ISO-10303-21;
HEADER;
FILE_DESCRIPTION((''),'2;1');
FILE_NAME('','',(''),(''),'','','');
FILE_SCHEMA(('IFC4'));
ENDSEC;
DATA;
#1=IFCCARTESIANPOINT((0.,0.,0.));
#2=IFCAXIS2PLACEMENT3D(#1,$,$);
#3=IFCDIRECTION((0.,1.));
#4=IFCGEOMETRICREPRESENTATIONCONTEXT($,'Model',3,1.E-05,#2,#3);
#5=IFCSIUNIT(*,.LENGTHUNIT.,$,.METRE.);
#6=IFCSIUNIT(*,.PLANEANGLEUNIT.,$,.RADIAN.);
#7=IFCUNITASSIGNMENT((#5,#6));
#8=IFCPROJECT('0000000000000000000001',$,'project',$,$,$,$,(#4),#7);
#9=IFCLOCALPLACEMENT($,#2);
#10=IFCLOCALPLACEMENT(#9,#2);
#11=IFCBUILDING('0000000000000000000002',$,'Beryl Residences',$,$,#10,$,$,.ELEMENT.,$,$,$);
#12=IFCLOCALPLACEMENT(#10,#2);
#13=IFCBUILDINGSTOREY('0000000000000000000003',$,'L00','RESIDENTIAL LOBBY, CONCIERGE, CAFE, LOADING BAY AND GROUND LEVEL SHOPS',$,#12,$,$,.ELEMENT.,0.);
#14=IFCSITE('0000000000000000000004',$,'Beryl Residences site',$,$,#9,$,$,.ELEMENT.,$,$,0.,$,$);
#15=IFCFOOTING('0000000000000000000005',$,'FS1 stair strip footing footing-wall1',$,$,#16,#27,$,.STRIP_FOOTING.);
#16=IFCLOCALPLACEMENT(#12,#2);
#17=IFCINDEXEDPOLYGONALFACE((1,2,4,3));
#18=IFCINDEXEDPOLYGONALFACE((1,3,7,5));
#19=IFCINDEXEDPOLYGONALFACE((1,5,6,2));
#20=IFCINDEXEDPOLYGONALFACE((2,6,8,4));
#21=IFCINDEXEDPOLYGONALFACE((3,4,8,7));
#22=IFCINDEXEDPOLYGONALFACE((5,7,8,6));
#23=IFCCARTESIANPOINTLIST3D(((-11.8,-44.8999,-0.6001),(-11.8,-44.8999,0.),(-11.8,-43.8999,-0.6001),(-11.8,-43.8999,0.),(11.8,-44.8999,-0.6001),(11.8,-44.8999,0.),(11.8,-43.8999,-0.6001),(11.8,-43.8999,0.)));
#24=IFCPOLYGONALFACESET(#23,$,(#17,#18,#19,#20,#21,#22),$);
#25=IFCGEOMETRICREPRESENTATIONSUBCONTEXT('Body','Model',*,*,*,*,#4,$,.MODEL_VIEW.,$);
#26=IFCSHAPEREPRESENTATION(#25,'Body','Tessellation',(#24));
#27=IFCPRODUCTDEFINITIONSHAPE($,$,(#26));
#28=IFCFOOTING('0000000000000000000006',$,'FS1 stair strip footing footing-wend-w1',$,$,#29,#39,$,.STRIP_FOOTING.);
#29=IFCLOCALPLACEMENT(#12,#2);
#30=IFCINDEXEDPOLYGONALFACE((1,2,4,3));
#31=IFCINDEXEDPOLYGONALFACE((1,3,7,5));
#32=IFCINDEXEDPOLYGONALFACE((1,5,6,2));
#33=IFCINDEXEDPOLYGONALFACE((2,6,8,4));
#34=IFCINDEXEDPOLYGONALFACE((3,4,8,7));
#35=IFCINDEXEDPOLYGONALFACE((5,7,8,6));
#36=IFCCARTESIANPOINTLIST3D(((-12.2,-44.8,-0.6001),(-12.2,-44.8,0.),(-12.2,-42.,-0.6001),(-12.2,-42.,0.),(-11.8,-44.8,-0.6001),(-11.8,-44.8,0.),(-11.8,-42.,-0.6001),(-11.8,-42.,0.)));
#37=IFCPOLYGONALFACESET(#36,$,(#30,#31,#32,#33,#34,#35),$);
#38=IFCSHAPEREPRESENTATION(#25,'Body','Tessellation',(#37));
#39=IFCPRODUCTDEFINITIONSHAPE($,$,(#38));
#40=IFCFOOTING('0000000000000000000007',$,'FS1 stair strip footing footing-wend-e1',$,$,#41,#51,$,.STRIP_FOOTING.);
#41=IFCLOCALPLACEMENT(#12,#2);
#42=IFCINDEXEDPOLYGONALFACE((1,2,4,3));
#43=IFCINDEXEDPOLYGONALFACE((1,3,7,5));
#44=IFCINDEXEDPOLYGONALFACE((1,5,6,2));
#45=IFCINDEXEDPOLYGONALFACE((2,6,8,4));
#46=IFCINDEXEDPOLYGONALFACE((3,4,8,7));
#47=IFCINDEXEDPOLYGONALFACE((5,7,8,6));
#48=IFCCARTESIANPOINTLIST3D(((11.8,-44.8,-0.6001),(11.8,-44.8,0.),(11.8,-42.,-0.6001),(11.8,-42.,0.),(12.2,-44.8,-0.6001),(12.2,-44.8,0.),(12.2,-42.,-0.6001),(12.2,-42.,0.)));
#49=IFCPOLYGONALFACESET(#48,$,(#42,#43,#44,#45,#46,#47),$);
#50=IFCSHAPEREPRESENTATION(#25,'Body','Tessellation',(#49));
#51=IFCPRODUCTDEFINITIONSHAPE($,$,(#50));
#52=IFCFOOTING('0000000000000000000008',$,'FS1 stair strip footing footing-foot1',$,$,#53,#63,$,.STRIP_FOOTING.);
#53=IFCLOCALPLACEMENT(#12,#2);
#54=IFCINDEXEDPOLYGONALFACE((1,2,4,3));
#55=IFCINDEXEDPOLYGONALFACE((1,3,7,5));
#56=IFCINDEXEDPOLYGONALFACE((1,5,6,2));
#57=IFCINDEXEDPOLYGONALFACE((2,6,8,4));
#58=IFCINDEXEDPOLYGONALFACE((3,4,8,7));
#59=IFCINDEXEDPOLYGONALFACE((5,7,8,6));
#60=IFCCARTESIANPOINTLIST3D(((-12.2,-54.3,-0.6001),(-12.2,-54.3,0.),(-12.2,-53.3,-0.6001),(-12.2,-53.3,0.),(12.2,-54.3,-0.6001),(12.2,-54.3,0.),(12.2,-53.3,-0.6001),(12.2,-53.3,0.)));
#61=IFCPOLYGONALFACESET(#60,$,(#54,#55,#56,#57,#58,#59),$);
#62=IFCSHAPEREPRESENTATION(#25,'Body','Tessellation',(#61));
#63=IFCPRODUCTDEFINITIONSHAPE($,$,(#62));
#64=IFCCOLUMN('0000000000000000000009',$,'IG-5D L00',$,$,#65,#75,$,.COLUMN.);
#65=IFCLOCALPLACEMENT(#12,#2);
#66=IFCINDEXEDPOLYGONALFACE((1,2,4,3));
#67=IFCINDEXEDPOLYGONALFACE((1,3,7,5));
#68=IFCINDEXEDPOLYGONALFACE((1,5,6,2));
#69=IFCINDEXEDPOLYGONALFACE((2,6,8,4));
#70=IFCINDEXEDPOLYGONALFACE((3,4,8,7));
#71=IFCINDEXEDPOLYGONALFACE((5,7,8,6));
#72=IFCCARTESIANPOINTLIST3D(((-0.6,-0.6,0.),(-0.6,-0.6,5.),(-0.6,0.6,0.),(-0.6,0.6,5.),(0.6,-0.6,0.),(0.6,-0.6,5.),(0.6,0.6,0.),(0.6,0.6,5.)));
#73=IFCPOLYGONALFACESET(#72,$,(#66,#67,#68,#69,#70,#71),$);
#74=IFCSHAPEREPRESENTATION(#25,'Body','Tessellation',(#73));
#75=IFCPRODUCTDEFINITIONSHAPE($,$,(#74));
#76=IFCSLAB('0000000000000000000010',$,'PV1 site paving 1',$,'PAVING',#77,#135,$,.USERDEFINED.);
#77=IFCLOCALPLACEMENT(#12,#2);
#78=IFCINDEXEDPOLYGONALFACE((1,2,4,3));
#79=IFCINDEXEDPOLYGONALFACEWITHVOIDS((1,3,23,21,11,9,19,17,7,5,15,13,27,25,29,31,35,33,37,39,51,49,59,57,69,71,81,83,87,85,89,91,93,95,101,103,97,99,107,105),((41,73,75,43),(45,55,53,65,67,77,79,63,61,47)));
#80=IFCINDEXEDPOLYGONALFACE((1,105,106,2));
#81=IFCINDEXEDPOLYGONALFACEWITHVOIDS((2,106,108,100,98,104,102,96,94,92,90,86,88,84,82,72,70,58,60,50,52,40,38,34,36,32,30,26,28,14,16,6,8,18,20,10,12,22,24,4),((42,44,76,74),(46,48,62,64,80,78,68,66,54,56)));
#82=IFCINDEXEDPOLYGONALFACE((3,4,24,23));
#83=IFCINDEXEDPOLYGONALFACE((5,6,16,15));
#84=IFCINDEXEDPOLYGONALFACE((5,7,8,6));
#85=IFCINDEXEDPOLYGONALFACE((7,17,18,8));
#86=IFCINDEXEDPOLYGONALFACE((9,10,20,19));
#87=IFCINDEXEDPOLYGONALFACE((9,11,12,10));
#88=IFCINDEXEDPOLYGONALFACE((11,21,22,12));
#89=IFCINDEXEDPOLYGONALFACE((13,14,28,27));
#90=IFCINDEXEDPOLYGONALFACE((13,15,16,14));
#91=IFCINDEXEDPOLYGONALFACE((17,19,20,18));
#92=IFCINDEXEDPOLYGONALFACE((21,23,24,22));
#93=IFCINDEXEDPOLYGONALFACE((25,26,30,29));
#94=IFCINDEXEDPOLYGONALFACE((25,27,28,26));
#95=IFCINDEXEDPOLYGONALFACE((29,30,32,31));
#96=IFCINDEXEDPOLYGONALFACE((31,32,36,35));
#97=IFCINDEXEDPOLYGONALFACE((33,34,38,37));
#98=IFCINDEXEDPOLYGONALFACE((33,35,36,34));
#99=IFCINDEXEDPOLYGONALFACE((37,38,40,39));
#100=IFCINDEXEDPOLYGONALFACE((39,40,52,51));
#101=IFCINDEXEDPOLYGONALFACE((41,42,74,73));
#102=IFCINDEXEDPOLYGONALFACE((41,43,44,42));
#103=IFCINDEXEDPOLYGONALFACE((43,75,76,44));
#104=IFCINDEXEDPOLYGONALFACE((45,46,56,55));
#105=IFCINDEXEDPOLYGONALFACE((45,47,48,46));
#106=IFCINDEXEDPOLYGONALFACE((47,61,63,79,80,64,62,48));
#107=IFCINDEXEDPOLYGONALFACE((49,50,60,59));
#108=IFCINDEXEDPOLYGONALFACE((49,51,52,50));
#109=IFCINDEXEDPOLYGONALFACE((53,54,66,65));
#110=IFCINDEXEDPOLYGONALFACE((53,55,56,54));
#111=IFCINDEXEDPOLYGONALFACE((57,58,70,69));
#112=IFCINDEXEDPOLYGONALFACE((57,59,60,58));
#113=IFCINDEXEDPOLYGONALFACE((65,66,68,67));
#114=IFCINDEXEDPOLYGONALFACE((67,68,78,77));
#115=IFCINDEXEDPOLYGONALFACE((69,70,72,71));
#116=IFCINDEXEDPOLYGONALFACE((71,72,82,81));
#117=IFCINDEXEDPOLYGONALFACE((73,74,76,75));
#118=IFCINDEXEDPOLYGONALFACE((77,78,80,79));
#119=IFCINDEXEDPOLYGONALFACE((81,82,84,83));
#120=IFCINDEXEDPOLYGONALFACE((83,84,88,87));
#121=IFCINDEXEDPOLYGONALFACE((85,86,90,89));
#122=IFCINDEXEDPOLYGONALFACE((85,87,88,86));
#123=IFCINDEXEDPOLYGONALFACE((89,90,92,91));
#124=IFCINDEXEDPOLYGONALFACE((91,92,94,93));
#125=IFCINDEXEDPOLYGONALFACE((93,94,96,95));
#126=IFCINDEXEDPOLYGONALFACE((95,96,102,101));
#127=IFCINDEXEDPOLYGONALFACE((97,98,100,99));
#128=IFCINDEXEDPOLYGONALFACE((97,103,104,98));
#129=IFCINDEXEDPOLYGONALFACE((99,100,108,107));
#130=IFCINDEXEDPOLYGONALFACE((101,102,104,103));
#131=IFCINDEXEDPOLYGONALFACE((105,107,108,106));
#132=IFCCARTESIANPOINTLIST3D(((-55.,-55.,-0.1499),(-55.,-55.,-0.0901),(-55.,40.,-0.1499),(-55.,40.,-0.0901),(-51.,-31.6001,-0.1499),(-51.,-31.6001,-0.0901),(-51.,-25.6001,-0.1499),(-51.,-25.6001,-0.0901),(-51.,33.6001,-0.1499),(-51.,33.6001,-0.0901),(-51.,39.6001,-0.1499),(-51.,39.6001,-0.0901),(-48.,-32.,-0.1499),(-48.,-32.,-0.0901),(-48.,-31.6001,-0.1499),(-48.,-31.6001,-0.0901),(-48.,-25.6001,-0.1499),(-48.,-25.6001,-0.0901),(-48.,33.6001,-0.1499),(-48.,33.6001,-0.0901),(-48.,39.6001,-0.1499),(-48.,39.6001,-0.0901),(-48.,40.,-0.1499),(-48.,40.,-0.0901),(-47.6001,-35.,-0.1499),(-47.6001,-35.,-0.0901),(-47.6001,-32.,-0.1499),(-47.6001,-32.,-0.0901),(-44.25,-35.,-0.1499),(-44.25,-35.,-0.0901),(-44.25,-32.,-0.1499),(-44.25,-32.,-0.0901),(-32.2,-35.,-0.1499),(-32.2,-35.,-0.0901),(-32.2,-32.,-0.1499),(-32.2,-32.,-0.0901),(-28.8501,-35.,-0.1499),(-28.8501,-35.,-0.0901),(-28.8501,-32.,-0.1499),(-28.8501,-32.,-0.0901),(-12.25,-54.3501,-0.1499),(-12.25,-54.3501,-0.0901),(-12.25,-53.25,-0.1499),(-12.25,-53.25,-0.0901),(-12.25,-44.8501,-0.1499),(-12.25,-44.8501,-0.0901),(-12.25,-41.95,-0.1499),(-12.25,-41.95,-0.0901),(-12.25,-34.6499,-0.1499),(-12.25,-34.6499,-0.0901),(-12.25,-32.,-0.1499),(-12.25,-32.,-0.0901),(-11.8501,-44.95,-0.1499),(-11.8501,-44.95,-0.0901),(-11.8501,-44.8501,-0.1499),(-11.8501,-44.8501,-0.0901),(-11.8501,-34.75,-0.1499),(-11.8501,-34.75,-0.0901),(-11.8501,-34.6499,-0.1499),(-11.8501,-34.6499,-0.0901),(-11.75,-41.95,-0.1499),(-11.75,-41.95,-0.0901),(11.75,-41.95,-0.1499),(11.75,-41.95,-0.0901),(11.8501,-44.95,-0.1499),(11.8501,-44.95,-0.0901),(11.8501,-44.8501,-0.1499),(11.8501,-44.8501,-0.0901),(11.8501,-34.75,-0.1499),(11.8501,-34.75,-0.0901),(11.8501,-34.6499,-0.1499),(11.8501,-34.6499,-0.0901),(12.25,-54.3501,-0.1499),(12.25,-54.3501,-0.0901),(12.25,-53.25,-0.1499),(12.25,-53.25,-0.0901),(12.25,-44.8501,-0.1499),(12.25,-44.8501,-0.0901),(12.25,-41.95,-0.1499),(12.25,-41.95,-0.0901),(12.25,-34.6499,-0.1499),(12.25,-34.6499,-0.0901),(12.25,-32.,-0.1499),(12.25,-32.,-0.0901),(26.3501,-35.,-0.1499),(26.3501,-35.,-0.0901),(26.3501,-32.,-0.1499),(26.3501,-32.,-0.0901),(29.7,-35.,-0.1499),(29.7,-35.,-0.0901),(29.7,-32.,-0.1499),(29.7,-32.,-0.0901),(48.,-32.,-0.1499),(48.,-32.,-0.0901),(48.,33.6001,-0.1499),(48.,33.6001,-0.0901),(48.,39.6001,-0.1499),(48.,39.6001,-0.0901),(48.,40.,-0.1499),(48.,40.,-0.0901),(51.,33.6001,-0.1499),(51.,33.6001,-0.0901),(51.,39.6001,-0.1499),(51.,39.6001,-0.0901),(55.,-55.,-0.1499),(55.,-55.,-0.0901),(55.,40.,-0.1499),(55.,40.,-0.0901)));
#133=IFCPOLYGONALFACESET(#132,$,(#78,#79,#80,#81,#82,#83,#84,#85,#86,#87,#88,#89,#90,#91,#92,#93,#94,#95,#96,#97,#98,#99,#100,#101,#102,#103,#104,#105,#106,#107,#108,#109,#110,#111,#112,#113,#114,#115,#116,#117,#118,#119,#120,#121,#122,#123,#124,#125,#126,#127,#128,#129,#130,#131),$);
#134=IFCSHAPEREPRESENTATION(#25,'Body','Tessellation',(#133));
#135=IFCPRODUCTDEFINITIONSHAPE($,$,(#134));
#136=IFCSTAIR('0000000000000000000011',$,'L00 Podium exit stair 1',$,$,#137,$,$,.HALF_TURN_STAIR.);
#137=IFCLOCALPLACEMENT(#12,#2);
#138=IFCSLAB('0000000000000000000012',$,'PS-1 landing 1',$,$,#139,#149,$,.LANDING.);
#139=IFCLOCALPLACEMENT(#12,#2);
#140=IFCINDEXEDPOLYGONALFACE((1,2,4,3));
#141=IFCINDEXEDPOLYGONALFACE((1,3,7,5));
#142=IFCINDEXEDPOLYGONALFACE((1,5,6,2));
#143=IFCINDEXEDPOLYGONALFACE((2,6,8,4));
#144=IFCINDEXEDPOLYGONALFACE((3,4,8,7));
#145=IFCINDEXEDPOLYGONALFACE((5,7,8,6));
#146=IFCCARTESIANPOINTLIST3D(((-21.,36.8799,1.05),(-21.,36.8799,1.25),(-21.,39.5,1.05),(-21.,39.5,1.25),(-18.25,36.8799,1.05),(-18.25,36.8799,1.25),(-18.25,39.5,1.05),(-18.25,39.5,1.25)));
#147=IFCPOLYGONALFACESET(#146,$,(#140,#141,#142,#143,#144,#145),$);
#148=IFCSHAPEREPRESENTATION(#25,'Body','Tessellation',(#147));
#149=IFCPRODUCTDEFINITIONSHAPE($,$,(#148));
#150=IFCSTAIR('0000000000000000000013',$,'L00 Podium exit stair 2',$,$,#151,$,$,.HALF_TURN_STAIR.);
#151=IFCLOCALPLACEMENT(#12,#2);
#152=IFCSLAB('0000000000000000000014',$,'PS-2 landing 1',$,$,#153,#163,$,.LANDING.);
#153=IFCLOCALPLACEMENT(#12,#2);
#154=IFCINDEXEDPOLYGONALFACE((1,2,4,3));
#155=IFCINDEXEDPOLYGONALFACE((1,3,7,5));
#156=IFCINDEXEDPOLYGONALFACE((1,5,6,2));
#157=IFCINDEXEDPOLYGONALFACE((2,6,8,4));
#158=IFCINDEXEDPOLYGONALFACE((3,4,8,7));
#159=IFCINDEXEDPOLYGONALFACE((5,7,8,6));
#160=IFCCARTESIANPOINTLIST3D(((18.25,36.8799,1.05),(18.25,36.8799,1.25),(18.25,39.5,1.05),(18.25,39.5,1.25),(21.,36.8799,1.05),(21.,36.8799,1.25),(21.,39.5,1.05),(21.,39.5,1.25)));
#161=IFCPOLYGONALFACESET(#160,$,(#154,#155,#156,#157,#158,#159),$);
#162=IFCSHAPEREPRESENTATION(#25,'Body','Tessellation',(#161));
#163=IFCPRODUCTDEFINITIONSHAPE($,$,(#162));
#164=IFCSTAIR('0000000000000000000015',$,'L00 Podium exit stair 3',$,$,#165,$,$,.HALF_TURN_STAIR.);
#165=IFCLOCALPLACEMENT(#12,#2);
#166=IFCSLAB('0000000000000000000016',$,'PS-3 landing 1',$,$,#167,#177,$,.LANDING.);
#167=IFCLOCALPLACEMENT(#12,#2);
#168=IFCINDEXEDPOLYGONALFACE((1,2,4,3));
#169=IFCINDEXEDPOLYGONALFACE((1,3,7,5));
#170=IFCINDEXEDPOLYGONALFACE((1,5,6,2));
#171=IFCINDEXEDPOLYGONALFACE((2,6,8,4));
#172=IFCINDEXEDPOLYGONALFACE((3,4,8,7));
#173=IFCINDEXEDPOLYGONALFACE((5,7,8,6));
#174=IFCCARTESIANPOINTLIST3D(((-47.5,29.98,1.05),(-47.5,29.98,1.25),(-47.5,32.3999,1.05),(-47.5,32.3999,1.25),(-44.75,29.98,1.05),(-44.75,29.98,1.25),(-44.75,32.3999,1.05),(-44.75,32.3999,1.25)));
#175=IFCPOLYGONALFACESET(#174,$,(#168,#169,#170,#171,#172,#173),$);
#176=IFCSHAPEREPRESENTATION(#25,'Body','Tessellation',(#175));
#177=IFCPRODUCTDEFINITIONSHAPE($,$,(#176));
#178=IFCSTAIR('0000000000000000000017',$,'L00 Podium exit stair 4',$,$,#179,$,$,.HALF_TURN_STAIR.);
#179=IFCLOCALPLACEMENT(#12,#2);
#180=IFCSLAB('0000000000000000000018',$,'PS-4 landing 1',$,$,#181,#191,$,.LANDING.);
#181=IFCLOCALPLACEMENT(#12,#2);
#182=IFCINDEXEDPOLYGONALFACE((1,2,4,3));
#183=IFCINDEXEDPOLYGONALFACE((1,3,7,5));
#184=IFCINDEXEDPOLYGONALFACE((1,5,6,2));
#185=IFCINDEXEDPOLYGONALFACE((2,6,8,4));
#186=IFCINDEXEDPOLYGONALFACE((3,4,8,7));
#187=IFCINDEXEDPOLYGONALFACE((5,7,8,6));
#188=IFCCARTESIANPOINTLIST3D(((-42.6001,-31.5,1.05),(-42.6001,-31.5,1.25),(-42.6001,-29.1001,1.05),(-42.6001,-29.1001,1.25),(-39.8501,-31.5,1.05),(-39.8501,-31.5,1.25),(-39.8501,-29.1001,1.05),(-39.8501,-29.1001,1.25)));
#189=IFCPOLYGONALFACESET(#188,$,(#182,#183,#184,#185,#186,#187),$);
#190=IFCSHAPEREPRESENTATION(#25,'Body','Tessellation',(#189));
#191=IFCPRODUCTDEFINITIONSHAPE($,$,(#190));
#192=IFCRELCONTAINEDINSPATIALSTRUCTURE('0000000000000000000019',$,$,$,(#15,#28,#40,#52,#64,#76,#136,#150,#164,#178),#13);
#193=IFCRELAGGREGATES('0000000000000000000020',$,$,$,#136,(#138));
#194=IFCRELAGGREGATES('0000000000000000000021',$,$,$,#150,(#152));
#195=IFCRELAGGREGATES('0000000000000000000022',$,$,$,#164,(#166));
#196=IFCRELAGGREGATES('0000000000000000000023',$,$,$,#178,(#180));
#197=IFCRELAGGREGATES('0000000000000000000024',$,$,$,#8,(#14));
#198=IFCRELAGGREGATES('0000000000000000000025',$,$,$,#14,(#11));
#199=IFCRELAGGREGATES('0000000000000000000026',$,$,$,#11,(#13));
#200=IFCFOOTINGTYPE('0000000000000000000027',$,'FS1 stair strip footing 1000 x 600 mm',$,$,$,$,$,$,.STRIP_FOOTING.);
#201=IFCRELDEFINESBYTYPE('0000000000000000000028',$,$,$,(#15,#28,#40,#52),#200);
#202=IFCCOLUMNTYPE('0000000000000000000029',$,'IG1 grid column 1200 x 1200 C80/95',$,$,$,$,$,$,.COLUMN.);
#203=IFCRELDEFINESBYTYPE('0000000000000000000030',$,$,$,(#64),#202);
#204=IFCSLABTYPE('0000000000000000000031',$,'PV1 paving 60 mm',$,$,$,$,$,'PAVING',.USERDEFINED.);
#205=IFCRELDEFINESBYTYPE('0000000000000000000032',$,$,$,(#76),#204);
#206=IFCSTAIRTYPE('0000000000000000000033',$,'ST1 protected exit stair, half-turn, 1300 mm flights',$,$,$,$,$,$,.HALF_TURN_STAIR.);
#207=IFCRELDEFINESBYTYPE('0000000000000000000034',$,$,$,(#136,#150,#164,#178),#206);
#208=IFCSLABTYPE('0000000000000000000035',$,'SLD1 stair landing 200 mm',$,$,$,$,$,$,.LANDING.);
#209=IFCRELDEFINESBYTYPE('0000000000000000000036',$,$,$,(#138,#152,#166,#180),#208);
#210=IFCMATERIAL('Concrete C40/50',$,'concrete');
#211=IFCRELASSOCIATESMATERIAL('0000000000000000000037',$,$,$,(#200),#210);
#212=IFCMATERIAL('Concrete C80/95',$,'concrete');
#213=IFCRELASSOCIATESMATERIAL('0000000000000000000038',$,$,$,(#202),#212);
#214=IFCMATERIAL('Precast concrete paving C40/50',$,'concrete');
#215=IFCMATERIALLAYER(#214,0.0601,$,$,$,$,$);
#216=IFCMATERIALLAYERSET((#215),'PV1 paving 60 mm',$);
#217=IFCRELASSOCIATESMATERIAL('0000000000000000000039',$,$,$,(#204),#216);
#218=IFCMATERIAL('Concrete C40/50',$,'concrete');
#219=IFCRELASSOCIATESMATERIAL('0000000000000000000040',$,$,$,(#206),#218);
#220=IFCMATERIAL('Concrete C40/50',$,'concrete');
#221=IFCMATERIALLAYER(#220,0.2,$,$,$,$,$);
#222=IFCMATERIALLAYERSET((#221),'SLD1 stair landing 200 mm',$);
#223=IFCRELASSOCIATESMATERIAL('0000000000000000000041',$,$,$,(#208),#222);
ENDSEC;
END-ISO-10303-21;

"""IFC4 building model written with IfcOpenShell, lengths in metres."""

from ifc_helpers import new_model, si_unit, direction, frame, origin, origin_with_axes, origin_2d, place, context, subcontext, project, spatial, polyline, rectangle, outline, extrude, material, layer, layer_set, material_profile, profile_set, type_object, element, aggregate, save


model = new_model("IFC4")

# Units and contexts
model_context = context("Model", 3, precision=1e-05, world=origin(), true_north=direction((0.0, 1.0)))
body_context = subcontext(model_context, "Body", "Model", "MODEL_VIEW")
ifc_project = project(units=[si_unit("LENGTHUNIT", "METRE"), si_unit("PLANEANGLEUNIT", "RADIAN")], contexts=[model_context])

# Site, building, storey
site_placement = place(None, origin())
site = spatial("IfcSite", under=ifc_project, at=site_placement, Name="Beryl Residences site", CompositionType="ELEMENT", RefElevation=0.0)
building_placement = place(site_placement, origin())
building = spatial("IfcBuilding", under=site, at=building_placement, Name="Beryl Residences", CompositionType="ELEMENT")
storey_placement = place(building_placement, origin())
storey = spatial("IfcBuildingStorey", under=building, at=storey_placement, Name="L00", Description="RESIDENTIAL LOBBY, CONCIERGE, CAFE, LOADING BAY AND GROUND LEVEL SHOPS", CompositionType="ELEMENT", Elevation=0.0)

# Footings
ifc_material_1 = material(Name="Concrete C40/50", Category="concrete")
footing_type = type_object("IfcFootingType", Name="FS1 stair strip footing 1000 x 600 mm", PredefinedType="STRIP_FOOTING", material=ifc_material_1)
footing_1_placement = place(storey_placement, frame((0.0, 0.0, -0.6001)))
element("IfcFooting", 1, at=footing_1_placement, inside=storey, type_object=footing_type, Name="FS1 stair strip footing footing-wall1", PredefinedType="STRIP_FOOTING", context=body_context, shape_type="SweptSolid", body=[
    extrude(outline(polyline([(-11.8, -44.8999), (11.8, -44.8999), (11.8, -43.8999), (-11.8, -43.8999), (-11.8, -44.8999)])), origin(), (0.0, 0.0, 1.0), 0.6001),
])
footing_2_placement = place(storey_placement, frame((0.0, 0.0, -0.6001)))
element("IfcFooting", 2, at=footing_2_placement, inside=storey, type_object=footing_type, Name="FS1 stair strip footing footing-wend-w1", PredefinedType="STRIP_FOOTING", context=body_context, shape_type="SweptSolid", body=[
    extrude(outline(polyline([(-12.2, -44.8), (-11.8, -44.8), (-11.8, -42.0), (-12.2, -42.0), (-12.2, -44.8)])), origin(), (0.0, 0.0, 1.0), 0.6001),
])
footing_3_placement = place(storey_placement, frame((0.0, 0.0, -0.6001)))
element("IfcFooting", 3, at=footing_3_placement, inside=storey, type_object=footing_type, Name="FS1 stair strip footing footing-wend-e1", PredefinedType="STRIP_FOOTING", context=body_context, shape_type="SweptSolid", body=[
    extrude(outline(polyline([(11.8, -44.8), (12.2, -44.8), (12.2, -42.0), (11.8, -42.0), (11.8, -44.8)])), origin(), (0.0, 0.0, 1.0), 0.6001),
])
footing_4_placement = place(storey_placement, frame((0.0, 0.0, -0.6001)))
element("IfcFooting", 4, at=footing_4_placement, inside=storey, type_object=footing_type, Name="FS1 stair strip footing footing-foot1", PredefinedType="STRIP_FOOTING", context=body_context, shape_type="SweptSolid", body=[
    extrude(outline(polyline([(-12.2, -54.3), (12.2, -54.3), (12.2, -53.3), (-12.2, -53.3), (-12.2, -54.3)])), origin(), (0.0, 0.0, 1.0), 0.6001),
])

# Column
ifc_material_2 = material(Name="Concrete C80/95", Category="concrete")
ifc_material_profile = material_profile(ifc_material_2, rectangle(XDim=1.2, YDim=1.2, at=origin_2d()))
ifc_profile_set = profile_set([ifc_material_profile], Name="Concrete C80/95")
column_type = type_object("IfcColumnType", Name="IG1 grid column 1200 x 1200 C80/95", PredefinedType="COLUMN", material=ifc_profile_set)
column_placement = place(storey_placement, origin_with_axes())
element("IfcColumn", 5, at=column_placement, inside=storey, type_object=column_type, Name="IG-5D L00", PredefinedType="COLUMN", context=body_context, shape_type="SweptSolid", body=[
    extrude(rectangle(XDim=1.2, YDim=1.2, at=origin_2d()), origin(), (0.0, 0.0, 1.0), 5.0),
])

# Slab
ifc_material_3 = material(Name="Precast concrete paving C40/50", Category="concrete")
ifc_layer_1 = layer(ifc_material_3, 0.0601)
ifc_layer_set_1 = layer_set([ifc_layer_1], Name="PV1 paving 60 mm")
slab_type_1 = type_object("IfcSlabType", Name="PV1 paving 60 mm", ElementType="PAVING", PredefinedType="USERDEFINED", material=ifc_layer_set_1)
slab_1_placement = place(storey_placement, frame((0.0, 0.0, -0.1499)))
element("IfcSlab", 6, at=slab_1_placement, inside=storey, type_object=slab_type_1, Name="PV1 site paving 1", ObjectType="PAVING", PredefinedType="USERDEFINED", context=body_context, shape_type="SweptSolid", body=[
    extrude(outline(polyline([(55.0, 40.0), (55.0, -55.0), (-55.0, -55.0), (-55.0, 40.0), (-48.0, 40.0), (-48.0, 39.6001), (-51.0, 39.6001), (-51.0, 33.6001), (-48.0, 33.6001), (-48.0, -25.6001), (-51.0, -25.6001), (-51.0, -31.6001), (-48.0, -31.6001), (-48.0, -32.0), (-47.6001, -32.0), (-47.6001, -35.0), (-44.25, -35.0), (-44.25, -32.0), (-32.2, -32.0), (-32.2, -35.0), (-28.8501, -35.0), (-28.8501, -32.0), (-12.25, -32.0), (-12.25, -34.6499), (-11.8501, -34.6499), (-11.8501, -34.75), (11.8501, -34.75), (11.8501, -34.6499), (12.25, -34.6499), (12.25, -32.0), (26.3501, -32.0), (26.3501, -35.0), (29.7, -35.0), (29.7, -32.0), (48.0, -32.0), (48.0, 33.6001), (51.0, 33.6001), (51.0, 39.6001), (48.0, 39.6001), (48.0, 40.0), (55.0, 40.0)]), holes=[polyline([(12.25, -53.25), (-12.25, -53.25), (-12.25, -54.3501), (12.25, -54.3501), (12.25, -53.25)]), polyline([(12.25, -44.8501), (12.25, -41.95), (11.75, -41.95), (-11.75, -41.95), (-12.25, -41.95), (-12.25, -44.8501), (-11.8501, -44.8501), (-11.8501, -44.95), (11.8501, -44.95), (11.8501, -44.8501), (12.25, -44.8501)])]), origin(), (0.0, 0.0, 1.0), 0.0598),
])

# Stairs, slabs
ifc_material_4 = material(Name="Concrete C40/50", Category="concrete")
stair_type = type_object("IfcStairType", Name="ST1 protected exit stair, half-turn, 1300 mm flights", PredefinedType="HALF_TURN_STAIR", material=ifc_material_4)
stair_1_placement = place(storey_placement, origin())
stair_1 = element("IfcStair", 7, at=stair_1_placement, inside=storey, type_object=stair_type, Name="L00 Podium exit stair 1", PredefinedType="HALF_TURN_STAIR")
ifc_material_5 = material(Name="Concrete C40/50", Category="concrete")
ifc_layer_2 = layer(ifc_material_5, 0.2)
ifc_layer_set_2 = layer_set([ifc_layer_2], Name="SLD1 stair landing 200 mm")
slab_type_2 = type_object("IfcSlabType", Name="SLD1 stair landing 200 mm", PredefinedType="LANDING", material=ifc_layer_set_2)
slab_2_placement = place(storey_placement, frame((0.0, 0.0, 1.05)))
slab_2 = element("IfcSlab", 8, at=slab_2_placement, type_object=slab_type_2, Name="PS-1 landing 1", PredefinedType="LANDING", context=body_context, shape_type="SweptSolid", body=[
    extrude(outline(polyline([(-18.25, 36.8799), (-18.25, 39.5), (-21.0, 39.5), (-21.0, 36.8799), (-18.25, 36.8799)])), origin(), (0.0, 0.0, 1.0), 0.2),
])
aggregate(stair_1, [slab_2])
stair_2_placement = place(storey_placement, origin())
stair_2 = element("IfcStair", 9, at=stair_2_placement, inside=storey, type_object=stair_type, Name="L00 Podium exit stair 2", PredefinedType="HALF_TURN_STAIR")
slab_3_placement = place(storey_placement, frame((0.0, 0.0, 1.05)))
slab_3 = element("IfcSlab", 10, at=slab_3_placement, type_object=slab_type_2, Name="PS-2 landing 1", PredefinedType="LANDING", context=body_context, shape_type="SweptSolid", body=[
    extrude(outline(polyline([(21.0, 36.8799), (21.0, 39.5), (18.25, 39.5), (18.25, 36.8799), (21.0, 36.8799)])), origin(), (0.0, 0.0, 1.0), 0.2),
])
aggregate(stair_2, [slab_3])
stair_3_placement = place(storey_placement, origin())
stair_3 = element("IfcStair", 11, at=stair_3_placement, inside=storey, type_object=stair_type, Name="L00 Podium exit stair 3", PredefinedType="HALF_TURN_STAIR")
slab_4_placement = place(storey_placement, frame((0.0, 0.0, 1.05)))
slab_4 = element("IfcSlab", 12, at=slab_4_placement, type_object=slab_type_2, Name="PS-3 landing 1", PredefinedType="LANDING", context=body_context, shape_type="SweptSolid", body=[
    extrude(outline(polyline([(-44.75, 29.98), (-44.75, 32.3999), (-47.5, 32.3999), (-47.5, 29.98), (-44.75, 29.98)])), origin(), (0.0, 0.0, 1.0), 0.2),
])
aggregate(stair_3, [slab_4])
stair_4_placement = place(storey_placement, origin())
stair_4 = element("IfcStair", 13, at=stair_4_placement, inside=storey, type_object=stair_type, Name="L00 Podium exit stair 4", PredefinedType="HALF_TURN_STAIR")
slab_5_placement = place(storey_placement, frame((0.0, 0.0, 1.05)))
slab_5 = element("IfcSlab", 14, at=slab_5_placement, type_object=slab_type_2, Name="PS-4 landing 1", PredefinedType="LANDING", context=body_context, shape_type="SweptSolid", body=[
    extrude(outline(polyline([(-42.6001, -29.1001), (-42.6001, -31.5), (-39.8501, -31.5), (-39.8501, -29.1001), (-42.6001, -29.1001)])), origin(), (0.0, 0.0, 1.0), 0.2),
])
aggregate(stair_4, [slab_5])

save(model, "model.ifc")
